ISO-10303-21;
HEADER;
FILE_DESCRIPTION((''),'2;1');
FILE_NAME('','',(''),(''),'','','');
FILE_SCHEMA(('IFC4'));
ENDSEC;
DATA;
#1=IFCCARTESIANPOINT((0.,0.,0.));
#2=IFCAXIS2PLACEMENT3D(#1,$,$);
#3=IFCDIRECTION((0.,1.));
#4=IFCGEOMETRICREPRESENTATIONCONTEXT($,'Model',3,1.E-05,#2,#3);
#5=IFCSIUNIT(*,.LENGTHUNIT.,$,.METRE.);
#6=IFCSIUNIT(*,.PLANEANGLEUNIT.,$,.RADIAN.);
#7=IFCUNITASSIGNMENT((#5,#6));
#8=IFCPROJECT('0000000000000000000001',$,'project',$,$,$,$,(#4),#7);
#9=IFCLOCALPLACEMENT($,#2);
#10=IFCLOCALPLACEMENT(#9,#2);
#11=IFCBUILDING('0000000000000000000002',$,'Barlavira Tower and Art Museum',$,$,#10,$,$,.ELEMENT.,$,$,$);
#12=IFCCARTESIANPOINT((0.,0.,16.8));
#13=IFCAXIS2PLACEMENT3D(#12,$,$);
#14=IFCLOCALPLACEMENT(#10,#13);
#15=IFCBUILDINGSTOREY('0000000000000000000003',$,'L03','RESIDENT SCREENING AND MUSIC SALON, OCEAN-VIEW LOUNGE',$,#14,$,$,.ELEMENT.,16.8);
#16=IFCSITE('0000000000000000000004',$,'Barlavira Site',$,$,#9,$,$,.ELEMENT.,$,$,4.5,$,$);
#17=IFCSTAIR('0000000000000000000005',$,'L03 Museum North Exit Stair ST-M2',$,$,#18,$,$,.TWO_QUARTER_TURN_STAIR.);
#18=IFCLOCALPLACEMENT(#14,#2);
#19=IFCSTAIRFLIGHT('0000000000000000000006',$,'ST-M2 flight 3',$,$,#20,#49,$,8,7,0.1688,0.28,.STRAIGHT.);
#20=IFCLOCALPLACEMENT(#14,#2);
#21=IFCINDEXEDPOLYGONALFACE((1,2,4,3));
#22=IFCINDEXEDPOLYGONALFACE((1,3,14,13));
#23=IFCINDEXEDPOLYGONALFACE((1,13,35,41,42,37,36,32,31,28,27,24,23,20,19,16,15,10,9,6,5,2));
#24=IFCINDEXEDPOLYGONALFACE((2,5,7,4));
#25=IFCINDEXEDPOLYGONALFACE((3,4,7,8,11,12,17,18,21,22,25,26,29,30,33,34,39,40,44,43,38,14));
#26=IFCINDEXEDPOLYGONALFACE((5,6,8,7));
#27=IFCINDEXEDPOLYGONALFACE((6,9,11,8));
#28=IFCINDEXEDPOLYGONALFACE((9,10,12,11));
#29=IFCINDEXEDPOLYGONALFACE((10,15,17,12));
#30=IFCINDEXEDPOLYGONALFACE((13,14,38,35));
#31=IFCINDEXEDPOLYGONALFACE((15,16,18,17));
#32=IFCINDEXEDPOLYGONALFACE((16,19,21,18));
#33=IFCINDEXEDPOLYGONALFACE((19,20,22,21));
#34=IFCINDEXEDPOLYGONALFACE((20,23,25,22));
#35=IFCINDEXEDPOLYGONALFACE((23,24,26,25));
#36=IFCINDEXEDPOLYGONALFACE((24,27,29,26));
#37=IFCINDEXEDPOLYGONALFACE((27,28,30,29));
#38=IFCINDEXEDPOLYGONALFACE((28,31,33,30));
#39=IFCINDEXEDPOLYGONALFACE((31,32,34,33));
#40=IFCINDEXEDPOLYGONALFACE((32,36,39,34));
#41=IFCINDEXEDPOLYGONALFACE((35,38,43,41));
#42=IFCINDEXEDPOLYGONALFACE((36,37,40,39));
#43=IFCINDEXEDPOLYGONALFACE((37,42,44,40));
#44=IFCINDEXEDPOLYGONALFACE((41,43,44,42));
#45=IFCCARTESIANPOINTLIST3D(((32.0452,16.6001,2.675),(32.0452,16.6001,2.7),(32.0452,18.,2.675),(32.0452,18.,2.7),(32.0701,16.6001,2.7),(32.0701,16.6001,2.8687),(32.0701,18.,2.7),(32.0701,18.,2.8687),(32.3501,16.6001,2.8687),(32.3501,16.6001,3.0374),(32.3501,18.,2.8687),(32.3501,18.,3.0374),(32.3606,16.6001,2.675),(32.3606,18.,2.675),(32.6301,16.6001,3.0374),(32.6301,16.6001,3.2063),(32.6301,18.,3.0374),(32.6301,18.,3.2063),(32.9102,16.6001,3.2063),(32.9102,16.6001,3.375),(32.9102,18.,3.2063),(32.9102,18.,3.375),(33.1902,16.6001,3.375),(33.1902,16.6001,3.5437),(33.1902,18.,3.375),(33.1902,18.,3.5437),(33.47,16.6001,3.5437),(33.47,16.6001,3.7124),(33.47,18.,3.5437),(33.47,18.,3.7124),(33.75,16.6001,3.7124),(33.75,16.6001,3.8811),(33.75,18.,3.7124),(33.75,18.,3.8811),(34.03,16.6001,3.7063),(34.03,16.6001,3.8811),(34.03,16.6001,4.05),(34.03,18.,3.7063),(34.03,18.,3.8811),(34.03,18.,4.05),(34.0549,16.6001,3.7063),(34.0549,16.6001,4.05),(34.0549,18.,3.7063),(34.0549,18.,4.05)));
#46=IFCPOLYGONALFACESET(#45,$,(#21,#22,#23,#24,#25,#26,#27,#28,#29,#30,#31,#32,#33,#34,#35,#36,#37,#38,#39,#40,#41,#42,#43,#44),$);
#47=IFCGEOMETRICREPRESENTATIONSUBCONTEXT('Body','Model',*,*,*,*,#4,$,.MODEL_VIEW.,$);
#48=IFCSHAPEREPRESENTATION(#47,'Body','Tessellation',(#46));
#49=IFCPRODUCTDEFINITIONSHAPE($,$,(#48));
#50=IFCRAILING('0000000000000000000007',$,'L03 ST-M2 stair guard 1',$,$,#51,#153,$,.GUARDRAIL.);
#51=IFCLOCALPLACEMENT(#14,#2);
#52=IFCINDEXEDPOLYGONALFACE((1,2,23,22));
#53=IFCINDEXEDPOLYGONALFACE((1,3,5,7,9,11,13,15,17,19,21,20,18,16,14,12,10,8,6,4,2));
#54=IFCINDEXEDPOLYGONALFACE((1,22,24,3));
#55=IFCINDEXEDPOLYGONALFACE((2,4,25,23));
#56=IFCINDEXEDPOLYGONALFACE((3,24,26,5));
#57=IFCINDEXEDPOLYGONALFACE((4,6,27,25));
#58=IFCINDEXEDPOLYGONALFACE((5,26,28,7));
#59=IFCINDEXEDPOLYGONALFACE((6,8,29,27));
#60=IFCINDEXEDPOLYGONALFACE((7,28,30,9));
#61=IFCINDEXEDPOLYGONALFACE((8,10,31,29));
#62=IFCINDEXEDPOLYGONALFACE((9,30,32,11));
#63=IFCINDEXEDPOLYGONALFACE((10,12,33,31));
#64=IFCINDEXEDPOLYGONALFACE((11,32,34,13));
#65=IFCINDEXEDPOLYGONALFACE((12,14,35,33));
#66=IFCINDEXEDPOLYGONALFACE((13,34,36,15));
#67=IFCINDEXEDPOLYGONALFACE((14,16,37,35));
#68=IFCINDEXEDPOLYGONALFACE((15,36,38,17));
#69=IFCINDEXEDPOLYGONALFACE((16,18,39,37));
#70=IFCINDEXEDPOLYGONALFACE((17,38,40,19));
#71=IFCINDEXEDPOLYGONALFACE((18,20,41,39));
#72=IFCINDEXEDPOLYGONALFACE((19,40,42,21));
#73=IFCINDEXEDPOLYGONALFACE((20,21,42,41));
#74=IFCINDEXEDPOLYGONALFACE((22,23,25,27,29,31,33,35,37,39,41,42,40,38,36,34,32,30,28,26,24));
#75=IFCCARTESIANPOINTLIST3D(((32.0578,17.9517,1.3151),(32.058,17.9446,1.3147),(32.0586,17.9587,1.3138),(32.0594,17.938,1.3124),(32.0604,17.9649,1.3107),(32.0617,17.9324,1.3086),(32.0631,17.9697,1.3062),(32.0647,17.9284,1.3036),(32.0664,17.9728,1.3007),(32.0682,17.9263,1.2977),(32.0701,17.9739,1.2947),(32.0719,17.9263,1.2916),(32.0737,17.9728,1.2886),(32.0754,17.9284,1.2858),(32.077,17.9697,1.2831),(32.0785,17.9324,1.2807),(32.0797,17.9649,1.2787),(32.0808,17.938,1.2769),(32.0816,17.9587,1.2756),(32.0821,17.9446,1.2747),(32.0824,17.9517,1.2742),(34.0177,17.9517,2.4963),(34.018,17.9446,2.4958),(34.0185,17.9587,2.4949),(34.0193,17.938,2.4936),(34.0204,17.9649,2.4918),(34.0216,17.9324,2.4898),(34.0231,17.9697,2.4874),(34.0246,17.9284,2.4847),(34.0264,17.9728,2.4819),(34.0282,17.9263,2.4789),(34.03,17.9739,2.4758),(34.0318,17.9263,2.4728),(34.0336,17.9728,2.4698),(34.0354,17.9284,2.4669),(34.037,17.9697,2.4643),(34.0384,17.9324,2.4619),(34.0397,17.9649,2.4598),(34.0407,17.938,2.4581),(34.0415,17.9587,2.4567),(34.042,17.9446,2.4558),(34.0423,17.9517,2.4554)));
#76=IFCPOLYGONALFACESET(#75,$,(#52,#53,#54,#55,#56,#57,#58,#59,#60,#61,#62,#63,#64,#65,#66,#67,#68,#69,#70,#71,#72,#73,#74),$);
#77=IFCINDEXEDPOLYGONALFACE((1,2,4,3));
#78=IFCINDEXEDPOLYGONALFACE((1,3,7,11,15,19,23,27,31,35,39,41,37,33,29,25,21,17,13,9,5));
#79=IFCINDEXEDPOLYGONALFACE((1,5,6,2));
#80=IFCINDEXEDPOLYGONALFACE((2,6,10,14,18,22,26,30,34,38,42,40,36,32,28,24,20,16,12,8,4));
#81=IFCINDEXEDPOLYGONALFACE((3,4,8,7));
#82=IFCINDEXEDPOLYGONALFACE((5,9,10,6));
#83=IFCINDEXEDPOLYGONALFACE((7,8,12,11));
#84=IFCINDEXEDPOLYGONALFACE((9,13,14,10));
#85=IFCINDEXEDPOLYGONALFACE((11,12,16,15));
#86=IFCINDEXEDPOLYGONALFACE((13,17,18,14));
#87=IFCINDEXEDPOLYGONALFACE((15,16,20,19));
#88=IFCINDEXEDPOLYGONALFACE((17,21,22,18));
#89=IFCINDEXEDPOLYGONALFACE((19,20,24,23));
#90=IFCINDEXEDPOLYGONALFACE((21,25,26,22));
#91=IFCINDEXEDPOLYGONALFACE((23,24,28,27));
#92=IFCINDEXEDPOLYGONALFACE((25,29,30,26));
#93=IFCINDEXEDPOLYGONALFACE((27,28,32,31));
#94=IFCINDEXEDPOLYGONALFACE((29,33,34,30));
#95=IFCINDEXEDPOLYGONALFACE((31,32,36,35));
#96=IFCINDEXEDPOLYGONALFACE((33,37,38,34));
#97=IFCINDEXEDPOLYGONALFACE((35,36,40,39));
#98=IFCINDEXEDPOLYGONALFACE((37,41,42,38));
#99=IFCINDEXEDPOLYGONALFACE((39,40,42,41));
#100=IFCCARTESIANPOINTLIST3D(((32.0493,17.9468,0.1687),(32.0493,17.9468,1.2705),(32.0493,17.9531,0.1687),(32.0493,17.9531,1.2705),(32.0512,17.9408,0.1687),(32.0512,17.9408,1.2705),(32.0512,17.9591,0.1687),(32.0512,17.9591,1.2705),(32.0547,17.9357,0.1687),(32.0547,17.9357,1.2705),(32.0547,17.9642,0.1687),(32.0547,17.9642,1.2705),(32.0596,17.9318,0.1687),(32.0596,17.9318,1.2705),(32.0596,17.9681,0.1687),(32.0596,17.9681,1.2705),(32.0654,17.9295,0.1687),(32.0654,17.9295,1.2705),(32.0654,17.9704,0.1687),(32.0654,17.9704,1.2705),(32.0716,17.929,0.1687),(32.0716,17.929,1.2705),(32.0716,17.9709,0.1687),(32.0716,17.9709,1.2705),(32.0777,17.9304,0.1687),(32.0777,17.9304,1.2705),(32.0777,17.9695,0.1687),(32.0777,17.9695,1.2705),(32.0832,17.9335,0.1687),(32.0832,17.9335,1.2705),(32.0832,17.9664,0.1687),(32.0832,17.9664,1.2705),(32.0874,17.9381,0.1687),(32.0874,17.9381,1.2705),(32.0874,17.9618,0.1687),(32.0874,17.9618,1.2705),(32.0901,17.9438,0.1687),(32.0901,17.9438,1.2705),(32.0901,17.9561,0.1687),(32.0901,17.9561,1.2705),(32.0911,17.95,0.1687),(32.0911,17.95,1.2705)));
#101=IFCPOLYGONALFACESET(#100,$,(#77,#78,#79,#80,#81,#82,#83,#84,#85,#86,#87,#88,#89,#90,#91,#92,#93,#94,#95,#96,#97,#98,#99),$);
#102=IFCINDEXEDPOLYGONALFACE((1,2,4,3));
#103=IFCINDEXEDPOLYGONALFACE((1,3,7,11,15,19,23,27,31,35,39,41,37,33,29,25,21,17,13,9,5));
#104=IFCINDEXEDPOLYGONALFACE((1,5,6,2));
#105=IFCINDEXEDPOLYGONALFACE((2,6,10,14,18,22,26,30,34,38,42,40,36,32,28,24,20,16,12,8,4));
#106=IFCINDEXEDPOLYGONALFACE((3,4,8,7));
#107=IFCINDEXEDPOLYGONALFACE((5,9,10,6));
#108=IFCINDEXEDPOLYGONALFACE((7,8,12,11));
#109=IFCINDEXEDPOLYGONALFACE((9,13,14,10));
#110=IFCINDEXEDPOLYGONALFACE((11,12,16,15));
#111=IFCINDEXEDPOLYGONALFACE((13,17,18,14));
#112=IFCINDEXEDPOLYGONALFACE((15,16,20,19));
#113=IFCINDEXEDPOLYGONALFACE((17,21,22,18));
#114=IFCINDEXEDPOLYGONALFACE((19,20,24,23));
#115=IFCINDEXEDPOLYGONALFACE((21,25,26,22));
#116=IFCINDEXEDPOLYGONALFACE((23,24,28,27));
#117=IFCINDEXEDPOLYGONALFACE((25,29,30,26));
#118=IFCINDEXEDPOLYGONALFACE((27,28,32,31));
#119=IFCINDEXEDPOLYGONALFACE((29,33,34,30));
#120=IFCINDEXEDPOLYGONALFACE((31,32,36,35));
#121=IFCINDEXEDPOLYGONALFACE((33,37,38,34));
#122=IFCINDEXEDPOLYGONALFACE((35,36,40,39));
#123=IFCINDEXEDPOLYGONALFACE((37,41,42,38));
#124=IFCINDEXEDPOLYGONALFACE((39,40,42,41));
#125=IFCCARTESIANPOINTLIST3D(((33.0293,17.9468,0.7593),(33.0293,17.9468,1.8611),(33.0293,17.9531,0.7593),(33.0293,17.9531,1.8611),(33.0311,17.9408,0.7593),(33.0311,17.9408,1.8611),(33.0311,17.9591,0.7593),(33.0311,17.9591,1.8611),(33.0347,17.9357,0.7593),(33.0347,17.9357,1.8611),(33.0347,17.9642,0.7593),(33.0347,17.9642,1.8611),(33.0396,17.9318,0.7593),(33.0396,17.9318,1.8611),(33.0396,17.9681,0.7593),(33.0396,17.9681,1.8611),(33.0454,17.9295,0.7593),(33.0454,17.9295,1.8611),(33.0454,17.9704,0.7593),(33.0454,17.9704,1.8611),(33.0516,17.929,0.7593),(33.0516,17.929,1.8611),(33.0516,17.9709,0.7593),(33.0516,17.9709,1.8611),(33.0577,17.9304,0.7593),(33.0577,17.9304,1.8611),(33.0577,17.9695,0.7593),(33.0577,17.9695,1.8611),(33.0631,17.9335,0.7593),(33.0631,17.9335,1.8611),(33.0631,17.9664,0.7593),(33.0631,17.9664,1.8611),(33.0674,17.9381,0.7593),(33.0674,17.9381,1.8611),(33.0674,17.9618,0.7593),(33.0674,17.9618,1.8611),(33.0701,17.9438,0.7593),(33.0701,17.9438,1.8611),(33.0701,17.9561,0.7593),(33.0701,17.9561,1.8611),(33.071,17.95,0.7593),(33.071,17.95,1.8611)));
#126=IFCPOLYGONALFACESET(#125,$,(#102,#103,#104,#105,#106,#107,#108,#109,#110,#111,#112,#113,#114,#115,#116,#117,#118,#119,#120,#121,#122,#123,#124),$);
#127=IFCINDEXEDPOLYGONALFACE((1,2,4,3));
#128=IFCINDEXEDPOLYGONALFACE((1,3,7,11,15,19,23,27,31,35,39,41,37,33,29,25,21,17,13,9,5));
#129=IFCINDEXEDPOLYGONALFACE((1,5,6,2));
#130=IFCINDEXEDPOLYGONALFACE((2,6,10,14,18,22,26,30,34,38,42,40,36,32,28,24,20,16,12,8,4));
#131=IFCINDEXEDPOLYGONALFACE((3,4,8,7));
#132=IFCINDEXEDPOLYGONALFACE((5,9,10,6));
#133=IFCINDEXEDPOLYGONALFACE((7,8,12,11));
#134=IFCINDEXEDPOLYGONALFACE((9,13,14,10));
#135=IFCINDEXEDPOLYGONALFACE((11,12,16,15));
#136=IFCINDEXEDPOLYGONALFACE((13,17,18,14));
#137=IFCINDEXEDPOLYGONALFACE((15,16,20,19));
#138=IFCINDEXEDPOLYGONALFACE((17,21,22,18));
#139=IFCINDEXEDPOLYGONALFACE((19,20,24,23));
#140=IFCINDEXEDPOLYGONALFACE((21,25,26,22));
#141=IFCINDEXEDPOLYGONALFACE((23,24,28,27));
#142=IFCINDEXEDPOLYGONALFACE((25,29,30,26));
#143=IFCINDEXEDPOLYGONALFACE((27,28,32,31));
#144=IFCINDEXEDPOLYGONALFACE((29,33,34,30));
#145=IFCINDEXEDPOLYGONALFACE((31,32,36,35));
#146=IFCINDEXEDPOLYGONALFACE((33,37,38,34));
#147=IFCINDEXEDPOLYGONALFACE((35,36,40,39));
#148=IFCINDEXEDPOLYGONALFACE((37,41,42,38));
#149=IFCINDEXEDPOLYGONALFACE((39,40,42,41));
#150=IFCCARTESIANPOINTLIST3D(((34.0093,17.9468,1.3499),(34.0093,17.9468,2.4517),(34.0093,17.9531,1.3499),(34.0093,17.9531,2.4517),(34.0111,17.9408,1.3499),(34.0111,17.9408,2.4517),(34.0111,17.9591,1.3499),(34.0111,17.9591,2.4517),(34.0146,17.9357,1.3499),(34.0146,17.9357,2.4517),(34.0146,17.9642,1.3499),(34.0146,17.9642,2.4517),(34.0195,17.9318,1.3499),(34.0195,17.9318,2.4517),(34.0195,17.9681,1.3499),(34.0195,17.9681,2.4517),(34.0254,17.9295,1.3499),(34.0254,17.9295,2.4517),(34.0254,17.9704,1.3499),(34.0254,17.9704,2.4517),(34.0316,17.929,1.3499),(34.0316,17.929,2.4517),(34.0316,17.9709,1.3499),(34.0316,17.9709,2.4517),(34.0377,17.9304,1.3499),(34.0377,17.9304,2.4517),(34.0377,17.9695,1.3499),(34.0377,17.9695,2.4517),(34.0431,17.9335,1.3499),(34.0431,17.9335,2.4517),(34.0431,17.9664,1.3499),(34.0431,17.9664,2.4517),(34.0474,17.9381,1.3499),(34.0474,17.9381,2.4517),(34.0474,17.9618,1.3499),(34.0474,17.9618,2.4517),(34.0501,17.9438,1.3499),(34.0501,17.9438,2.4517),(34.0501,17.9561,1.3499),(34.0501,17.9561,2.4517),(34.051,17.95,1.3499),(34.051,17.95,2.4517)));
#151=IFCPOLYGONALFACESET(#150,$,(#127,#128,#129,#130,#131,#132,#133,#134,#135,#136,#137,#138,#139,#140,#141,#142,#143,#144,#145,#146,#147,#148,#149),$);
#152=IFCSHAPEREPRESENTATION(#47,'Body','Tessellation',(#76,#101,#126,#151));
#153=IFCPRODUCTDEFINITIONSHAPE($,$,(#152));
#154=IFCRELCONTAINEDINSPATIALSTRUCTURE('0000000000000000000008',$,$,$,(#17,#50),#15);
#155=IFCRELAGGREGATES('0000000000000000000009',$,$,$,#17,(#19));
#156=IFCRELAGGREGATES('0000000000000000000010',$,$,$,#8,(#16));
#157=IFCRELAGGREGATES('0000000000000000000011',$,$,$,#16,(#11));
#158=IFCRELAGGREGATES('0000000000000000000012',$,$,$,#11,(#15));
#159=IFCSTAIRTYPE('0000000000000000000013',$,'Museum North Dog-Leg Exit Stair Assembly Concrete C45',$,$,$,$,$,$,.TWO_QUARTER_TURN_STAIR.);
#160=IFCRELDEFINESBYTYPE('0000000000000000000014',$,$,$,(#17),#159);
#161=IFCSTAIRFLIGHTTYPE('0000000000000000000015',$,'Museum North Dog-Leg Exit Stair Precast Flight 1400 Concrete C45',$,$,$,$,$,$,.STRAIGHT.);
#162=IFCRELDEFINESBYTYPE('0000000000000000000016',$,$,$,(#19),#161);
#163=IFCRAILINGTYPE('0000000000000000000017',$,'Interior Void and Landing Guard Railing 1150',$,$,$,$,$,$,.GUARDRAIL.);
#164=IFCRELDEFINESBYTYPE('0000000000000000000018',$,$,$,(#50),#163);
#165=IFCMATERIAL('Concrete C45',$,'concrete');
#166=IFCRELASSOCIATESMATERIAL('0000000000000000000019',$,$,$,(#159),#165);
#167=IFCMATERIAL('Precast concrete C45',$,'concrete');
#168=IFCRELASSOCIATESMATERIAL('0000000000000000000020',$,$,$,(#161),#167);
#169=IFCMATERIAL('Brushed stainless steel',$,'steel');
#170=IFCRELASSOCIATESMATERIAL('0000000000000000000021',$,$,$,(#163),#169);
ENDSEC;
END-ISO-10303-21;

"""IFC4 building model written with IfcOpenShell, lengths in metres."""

from ifc_helpers import new_model, si_unit, direction, frame, origin, origin_2d, place, context, subcontext, project, spatial, polyline, circle, outline, extrude, material, type_object, element, aggregate, save


model = new_model("IFC4")

# Units and contexts
model_context = context("Model", 3, precision=1e-05, world=origin(), true_north=direction((0.0, 1.0)))
body_context = subcontext(model_context, "Body", "Model", "MODEL_VIEW")
ifc_project = project(units=[si_unit("LENGTHUNIT", "METRE"), si_unit("PLANEANGLEUNIT", "RADIAN")], contexts=[model_context])

# Site, building, storey
site_placement = place(None, origin())
site = spatial("IfcSite", under=ifc_project, at=site_placement, Name="Barlavira Site", CompositionType="ELEMENT", RefElevation=4.5)
building_placement = place(site_placement, origin())
building = spatial("IfcBuilding", under=site, at=building_placement, Name="Barlavira Tower and Art Museum", CompositionType="ELEMENT")
storey_placement = place(building_placement, frame((0.0, 0.0, 16.8)))
storey = spatial("IfcBuildingStorey", under=building, at=storey_placement, Name="L03", Description="RESIDENT SCREENING AND MUSIC SALON, OCEAN-VIEW LOUNGE", CompositionType="ELEMENT", Elevation=16.8)

# Stair, stair flight
ifc_material_1 = material(Name="Concrete C45", Category="concrete")
stair_type = type_object("IfcStairType", Name="Museum North Dog-Leg Exit Stair Assembly Concrete C45", PredefinedType="TWO_QUARTER_TURN_STAIR", material=ifc_material_1)
stair_placement = place(storey_placement, origin())
stair = element("IfcStair", 1, at=stair_placement, inside=storey, type_object=stair_type, Name="L03 Museum North Exit Stair ST-M2", PredefinedType="TWO_QUARTER_TURN_STAIR")
ifc_material_2 = material(Name="Precast concrete C45", Category="concrete")
stair_flight_type = type_object("IfcStairFlightType", Name="Museum North Dog-Leg Exit Stair Precast Flight 1400 Concrete C45", PredefinedType="STRAIGHT", material=ifc_material_2)
stair_flight_1_placement = place(storey_placement, frame((32.0701, 17.3, 2.7), z_axis=(0.0, 0.0, 1.0), x_axis=(1.0, 0.0, 0.0)))
stair_flight_1 = element("IfcStairFlight", 2, at=stair_flight_1_placement, type_object=stair_flight_type, Name="ST-M2 flight 3", NumberOfRisers=8, NumberOfTreads=7, PredefinedType="STRAIGHT", RiserHeight=0.1688, TreadLength=0.28, context=body_context, shape_type="SweptSolid", body=[
    extrude(outline(polyline([(-0.0249, 0.0), (0.0, 0.0), (0.0, 0.1687), (0.28, 0.1687), (0.28, 0.3374), (0.5601, 0.3374), (0.5601, 0.5063), (0.8401, 0.5063), (0.8401, 0.675), (1.1201, 0.675), (1.1201, 0.8438), (1.3999, 0.8438), (1.3999, 1.0125), (1.6799, 1.0125), (1.6799, 1.1812), (1.96, 1.1812), (1.96, 1.3501), (1.9849, 1.3501), (1.9849, 1.0063), (1.96, 1.0063), (0.2905, -0.0249), (-0.0249, -0.0249), (-0.0249, 0.0)])), frame((0.0, 0.7, 0.0), z_axis=(0.0, -1.0, 0.0), x_axis=(1.0, 0.0, 0.0)), (0.0, 0.0, 1.0), 1.3999),
])
aggregate(stair, [stair_flight_1])

# Railing
ifc_material_3 = material(Name="Brushed stainless steel", Category="steel")
railing_type_1 = type_object("IfcRailingType", Name="Interior Void and Landing Guard Railing 1150", PredefinedType="GUARDRAIL", material=ifc_material_3)
railing_1_placement = place(storey_placement, frame((32.0701, 17.95, 0.1687)))
element("IfcRailing", 3, at=railing_1_placement, inside=storey, type_object=railing_type_1, Name="L03 ST-M2 stair guard 1", PredefinedType="GUARDRAIL", context=body_context, shape_type="SweptSolid", body=[
    extrude(circle(Radius=0.0239, at=origin_2d()), frame((0.0, 0.0, 1.126), z_axis=(0.856493, 0.0, 0.516158), x_axis=(0.0, 1.0, 0.0)), (0.0, 0.0, 1.0), 2.2883),
    extrude(circle(Radius=0.021, at=origin_2d()), origin(), (0.0, 0.0, 1.0), 1.1018),
    extrude(circle(Radius=0.021, at=origin_2d()), frame((0.98, 0.0, 0.5906)), (0.0, 0.0, 1.0), 1.1018),
    extrude(circle(Radius=0.021, at=origin_2d()), frame((1.96, 0.0, 1.1812)), (0.0, 0.0, 1.0), 1.1018),
])

save(model, "model.ifc")
